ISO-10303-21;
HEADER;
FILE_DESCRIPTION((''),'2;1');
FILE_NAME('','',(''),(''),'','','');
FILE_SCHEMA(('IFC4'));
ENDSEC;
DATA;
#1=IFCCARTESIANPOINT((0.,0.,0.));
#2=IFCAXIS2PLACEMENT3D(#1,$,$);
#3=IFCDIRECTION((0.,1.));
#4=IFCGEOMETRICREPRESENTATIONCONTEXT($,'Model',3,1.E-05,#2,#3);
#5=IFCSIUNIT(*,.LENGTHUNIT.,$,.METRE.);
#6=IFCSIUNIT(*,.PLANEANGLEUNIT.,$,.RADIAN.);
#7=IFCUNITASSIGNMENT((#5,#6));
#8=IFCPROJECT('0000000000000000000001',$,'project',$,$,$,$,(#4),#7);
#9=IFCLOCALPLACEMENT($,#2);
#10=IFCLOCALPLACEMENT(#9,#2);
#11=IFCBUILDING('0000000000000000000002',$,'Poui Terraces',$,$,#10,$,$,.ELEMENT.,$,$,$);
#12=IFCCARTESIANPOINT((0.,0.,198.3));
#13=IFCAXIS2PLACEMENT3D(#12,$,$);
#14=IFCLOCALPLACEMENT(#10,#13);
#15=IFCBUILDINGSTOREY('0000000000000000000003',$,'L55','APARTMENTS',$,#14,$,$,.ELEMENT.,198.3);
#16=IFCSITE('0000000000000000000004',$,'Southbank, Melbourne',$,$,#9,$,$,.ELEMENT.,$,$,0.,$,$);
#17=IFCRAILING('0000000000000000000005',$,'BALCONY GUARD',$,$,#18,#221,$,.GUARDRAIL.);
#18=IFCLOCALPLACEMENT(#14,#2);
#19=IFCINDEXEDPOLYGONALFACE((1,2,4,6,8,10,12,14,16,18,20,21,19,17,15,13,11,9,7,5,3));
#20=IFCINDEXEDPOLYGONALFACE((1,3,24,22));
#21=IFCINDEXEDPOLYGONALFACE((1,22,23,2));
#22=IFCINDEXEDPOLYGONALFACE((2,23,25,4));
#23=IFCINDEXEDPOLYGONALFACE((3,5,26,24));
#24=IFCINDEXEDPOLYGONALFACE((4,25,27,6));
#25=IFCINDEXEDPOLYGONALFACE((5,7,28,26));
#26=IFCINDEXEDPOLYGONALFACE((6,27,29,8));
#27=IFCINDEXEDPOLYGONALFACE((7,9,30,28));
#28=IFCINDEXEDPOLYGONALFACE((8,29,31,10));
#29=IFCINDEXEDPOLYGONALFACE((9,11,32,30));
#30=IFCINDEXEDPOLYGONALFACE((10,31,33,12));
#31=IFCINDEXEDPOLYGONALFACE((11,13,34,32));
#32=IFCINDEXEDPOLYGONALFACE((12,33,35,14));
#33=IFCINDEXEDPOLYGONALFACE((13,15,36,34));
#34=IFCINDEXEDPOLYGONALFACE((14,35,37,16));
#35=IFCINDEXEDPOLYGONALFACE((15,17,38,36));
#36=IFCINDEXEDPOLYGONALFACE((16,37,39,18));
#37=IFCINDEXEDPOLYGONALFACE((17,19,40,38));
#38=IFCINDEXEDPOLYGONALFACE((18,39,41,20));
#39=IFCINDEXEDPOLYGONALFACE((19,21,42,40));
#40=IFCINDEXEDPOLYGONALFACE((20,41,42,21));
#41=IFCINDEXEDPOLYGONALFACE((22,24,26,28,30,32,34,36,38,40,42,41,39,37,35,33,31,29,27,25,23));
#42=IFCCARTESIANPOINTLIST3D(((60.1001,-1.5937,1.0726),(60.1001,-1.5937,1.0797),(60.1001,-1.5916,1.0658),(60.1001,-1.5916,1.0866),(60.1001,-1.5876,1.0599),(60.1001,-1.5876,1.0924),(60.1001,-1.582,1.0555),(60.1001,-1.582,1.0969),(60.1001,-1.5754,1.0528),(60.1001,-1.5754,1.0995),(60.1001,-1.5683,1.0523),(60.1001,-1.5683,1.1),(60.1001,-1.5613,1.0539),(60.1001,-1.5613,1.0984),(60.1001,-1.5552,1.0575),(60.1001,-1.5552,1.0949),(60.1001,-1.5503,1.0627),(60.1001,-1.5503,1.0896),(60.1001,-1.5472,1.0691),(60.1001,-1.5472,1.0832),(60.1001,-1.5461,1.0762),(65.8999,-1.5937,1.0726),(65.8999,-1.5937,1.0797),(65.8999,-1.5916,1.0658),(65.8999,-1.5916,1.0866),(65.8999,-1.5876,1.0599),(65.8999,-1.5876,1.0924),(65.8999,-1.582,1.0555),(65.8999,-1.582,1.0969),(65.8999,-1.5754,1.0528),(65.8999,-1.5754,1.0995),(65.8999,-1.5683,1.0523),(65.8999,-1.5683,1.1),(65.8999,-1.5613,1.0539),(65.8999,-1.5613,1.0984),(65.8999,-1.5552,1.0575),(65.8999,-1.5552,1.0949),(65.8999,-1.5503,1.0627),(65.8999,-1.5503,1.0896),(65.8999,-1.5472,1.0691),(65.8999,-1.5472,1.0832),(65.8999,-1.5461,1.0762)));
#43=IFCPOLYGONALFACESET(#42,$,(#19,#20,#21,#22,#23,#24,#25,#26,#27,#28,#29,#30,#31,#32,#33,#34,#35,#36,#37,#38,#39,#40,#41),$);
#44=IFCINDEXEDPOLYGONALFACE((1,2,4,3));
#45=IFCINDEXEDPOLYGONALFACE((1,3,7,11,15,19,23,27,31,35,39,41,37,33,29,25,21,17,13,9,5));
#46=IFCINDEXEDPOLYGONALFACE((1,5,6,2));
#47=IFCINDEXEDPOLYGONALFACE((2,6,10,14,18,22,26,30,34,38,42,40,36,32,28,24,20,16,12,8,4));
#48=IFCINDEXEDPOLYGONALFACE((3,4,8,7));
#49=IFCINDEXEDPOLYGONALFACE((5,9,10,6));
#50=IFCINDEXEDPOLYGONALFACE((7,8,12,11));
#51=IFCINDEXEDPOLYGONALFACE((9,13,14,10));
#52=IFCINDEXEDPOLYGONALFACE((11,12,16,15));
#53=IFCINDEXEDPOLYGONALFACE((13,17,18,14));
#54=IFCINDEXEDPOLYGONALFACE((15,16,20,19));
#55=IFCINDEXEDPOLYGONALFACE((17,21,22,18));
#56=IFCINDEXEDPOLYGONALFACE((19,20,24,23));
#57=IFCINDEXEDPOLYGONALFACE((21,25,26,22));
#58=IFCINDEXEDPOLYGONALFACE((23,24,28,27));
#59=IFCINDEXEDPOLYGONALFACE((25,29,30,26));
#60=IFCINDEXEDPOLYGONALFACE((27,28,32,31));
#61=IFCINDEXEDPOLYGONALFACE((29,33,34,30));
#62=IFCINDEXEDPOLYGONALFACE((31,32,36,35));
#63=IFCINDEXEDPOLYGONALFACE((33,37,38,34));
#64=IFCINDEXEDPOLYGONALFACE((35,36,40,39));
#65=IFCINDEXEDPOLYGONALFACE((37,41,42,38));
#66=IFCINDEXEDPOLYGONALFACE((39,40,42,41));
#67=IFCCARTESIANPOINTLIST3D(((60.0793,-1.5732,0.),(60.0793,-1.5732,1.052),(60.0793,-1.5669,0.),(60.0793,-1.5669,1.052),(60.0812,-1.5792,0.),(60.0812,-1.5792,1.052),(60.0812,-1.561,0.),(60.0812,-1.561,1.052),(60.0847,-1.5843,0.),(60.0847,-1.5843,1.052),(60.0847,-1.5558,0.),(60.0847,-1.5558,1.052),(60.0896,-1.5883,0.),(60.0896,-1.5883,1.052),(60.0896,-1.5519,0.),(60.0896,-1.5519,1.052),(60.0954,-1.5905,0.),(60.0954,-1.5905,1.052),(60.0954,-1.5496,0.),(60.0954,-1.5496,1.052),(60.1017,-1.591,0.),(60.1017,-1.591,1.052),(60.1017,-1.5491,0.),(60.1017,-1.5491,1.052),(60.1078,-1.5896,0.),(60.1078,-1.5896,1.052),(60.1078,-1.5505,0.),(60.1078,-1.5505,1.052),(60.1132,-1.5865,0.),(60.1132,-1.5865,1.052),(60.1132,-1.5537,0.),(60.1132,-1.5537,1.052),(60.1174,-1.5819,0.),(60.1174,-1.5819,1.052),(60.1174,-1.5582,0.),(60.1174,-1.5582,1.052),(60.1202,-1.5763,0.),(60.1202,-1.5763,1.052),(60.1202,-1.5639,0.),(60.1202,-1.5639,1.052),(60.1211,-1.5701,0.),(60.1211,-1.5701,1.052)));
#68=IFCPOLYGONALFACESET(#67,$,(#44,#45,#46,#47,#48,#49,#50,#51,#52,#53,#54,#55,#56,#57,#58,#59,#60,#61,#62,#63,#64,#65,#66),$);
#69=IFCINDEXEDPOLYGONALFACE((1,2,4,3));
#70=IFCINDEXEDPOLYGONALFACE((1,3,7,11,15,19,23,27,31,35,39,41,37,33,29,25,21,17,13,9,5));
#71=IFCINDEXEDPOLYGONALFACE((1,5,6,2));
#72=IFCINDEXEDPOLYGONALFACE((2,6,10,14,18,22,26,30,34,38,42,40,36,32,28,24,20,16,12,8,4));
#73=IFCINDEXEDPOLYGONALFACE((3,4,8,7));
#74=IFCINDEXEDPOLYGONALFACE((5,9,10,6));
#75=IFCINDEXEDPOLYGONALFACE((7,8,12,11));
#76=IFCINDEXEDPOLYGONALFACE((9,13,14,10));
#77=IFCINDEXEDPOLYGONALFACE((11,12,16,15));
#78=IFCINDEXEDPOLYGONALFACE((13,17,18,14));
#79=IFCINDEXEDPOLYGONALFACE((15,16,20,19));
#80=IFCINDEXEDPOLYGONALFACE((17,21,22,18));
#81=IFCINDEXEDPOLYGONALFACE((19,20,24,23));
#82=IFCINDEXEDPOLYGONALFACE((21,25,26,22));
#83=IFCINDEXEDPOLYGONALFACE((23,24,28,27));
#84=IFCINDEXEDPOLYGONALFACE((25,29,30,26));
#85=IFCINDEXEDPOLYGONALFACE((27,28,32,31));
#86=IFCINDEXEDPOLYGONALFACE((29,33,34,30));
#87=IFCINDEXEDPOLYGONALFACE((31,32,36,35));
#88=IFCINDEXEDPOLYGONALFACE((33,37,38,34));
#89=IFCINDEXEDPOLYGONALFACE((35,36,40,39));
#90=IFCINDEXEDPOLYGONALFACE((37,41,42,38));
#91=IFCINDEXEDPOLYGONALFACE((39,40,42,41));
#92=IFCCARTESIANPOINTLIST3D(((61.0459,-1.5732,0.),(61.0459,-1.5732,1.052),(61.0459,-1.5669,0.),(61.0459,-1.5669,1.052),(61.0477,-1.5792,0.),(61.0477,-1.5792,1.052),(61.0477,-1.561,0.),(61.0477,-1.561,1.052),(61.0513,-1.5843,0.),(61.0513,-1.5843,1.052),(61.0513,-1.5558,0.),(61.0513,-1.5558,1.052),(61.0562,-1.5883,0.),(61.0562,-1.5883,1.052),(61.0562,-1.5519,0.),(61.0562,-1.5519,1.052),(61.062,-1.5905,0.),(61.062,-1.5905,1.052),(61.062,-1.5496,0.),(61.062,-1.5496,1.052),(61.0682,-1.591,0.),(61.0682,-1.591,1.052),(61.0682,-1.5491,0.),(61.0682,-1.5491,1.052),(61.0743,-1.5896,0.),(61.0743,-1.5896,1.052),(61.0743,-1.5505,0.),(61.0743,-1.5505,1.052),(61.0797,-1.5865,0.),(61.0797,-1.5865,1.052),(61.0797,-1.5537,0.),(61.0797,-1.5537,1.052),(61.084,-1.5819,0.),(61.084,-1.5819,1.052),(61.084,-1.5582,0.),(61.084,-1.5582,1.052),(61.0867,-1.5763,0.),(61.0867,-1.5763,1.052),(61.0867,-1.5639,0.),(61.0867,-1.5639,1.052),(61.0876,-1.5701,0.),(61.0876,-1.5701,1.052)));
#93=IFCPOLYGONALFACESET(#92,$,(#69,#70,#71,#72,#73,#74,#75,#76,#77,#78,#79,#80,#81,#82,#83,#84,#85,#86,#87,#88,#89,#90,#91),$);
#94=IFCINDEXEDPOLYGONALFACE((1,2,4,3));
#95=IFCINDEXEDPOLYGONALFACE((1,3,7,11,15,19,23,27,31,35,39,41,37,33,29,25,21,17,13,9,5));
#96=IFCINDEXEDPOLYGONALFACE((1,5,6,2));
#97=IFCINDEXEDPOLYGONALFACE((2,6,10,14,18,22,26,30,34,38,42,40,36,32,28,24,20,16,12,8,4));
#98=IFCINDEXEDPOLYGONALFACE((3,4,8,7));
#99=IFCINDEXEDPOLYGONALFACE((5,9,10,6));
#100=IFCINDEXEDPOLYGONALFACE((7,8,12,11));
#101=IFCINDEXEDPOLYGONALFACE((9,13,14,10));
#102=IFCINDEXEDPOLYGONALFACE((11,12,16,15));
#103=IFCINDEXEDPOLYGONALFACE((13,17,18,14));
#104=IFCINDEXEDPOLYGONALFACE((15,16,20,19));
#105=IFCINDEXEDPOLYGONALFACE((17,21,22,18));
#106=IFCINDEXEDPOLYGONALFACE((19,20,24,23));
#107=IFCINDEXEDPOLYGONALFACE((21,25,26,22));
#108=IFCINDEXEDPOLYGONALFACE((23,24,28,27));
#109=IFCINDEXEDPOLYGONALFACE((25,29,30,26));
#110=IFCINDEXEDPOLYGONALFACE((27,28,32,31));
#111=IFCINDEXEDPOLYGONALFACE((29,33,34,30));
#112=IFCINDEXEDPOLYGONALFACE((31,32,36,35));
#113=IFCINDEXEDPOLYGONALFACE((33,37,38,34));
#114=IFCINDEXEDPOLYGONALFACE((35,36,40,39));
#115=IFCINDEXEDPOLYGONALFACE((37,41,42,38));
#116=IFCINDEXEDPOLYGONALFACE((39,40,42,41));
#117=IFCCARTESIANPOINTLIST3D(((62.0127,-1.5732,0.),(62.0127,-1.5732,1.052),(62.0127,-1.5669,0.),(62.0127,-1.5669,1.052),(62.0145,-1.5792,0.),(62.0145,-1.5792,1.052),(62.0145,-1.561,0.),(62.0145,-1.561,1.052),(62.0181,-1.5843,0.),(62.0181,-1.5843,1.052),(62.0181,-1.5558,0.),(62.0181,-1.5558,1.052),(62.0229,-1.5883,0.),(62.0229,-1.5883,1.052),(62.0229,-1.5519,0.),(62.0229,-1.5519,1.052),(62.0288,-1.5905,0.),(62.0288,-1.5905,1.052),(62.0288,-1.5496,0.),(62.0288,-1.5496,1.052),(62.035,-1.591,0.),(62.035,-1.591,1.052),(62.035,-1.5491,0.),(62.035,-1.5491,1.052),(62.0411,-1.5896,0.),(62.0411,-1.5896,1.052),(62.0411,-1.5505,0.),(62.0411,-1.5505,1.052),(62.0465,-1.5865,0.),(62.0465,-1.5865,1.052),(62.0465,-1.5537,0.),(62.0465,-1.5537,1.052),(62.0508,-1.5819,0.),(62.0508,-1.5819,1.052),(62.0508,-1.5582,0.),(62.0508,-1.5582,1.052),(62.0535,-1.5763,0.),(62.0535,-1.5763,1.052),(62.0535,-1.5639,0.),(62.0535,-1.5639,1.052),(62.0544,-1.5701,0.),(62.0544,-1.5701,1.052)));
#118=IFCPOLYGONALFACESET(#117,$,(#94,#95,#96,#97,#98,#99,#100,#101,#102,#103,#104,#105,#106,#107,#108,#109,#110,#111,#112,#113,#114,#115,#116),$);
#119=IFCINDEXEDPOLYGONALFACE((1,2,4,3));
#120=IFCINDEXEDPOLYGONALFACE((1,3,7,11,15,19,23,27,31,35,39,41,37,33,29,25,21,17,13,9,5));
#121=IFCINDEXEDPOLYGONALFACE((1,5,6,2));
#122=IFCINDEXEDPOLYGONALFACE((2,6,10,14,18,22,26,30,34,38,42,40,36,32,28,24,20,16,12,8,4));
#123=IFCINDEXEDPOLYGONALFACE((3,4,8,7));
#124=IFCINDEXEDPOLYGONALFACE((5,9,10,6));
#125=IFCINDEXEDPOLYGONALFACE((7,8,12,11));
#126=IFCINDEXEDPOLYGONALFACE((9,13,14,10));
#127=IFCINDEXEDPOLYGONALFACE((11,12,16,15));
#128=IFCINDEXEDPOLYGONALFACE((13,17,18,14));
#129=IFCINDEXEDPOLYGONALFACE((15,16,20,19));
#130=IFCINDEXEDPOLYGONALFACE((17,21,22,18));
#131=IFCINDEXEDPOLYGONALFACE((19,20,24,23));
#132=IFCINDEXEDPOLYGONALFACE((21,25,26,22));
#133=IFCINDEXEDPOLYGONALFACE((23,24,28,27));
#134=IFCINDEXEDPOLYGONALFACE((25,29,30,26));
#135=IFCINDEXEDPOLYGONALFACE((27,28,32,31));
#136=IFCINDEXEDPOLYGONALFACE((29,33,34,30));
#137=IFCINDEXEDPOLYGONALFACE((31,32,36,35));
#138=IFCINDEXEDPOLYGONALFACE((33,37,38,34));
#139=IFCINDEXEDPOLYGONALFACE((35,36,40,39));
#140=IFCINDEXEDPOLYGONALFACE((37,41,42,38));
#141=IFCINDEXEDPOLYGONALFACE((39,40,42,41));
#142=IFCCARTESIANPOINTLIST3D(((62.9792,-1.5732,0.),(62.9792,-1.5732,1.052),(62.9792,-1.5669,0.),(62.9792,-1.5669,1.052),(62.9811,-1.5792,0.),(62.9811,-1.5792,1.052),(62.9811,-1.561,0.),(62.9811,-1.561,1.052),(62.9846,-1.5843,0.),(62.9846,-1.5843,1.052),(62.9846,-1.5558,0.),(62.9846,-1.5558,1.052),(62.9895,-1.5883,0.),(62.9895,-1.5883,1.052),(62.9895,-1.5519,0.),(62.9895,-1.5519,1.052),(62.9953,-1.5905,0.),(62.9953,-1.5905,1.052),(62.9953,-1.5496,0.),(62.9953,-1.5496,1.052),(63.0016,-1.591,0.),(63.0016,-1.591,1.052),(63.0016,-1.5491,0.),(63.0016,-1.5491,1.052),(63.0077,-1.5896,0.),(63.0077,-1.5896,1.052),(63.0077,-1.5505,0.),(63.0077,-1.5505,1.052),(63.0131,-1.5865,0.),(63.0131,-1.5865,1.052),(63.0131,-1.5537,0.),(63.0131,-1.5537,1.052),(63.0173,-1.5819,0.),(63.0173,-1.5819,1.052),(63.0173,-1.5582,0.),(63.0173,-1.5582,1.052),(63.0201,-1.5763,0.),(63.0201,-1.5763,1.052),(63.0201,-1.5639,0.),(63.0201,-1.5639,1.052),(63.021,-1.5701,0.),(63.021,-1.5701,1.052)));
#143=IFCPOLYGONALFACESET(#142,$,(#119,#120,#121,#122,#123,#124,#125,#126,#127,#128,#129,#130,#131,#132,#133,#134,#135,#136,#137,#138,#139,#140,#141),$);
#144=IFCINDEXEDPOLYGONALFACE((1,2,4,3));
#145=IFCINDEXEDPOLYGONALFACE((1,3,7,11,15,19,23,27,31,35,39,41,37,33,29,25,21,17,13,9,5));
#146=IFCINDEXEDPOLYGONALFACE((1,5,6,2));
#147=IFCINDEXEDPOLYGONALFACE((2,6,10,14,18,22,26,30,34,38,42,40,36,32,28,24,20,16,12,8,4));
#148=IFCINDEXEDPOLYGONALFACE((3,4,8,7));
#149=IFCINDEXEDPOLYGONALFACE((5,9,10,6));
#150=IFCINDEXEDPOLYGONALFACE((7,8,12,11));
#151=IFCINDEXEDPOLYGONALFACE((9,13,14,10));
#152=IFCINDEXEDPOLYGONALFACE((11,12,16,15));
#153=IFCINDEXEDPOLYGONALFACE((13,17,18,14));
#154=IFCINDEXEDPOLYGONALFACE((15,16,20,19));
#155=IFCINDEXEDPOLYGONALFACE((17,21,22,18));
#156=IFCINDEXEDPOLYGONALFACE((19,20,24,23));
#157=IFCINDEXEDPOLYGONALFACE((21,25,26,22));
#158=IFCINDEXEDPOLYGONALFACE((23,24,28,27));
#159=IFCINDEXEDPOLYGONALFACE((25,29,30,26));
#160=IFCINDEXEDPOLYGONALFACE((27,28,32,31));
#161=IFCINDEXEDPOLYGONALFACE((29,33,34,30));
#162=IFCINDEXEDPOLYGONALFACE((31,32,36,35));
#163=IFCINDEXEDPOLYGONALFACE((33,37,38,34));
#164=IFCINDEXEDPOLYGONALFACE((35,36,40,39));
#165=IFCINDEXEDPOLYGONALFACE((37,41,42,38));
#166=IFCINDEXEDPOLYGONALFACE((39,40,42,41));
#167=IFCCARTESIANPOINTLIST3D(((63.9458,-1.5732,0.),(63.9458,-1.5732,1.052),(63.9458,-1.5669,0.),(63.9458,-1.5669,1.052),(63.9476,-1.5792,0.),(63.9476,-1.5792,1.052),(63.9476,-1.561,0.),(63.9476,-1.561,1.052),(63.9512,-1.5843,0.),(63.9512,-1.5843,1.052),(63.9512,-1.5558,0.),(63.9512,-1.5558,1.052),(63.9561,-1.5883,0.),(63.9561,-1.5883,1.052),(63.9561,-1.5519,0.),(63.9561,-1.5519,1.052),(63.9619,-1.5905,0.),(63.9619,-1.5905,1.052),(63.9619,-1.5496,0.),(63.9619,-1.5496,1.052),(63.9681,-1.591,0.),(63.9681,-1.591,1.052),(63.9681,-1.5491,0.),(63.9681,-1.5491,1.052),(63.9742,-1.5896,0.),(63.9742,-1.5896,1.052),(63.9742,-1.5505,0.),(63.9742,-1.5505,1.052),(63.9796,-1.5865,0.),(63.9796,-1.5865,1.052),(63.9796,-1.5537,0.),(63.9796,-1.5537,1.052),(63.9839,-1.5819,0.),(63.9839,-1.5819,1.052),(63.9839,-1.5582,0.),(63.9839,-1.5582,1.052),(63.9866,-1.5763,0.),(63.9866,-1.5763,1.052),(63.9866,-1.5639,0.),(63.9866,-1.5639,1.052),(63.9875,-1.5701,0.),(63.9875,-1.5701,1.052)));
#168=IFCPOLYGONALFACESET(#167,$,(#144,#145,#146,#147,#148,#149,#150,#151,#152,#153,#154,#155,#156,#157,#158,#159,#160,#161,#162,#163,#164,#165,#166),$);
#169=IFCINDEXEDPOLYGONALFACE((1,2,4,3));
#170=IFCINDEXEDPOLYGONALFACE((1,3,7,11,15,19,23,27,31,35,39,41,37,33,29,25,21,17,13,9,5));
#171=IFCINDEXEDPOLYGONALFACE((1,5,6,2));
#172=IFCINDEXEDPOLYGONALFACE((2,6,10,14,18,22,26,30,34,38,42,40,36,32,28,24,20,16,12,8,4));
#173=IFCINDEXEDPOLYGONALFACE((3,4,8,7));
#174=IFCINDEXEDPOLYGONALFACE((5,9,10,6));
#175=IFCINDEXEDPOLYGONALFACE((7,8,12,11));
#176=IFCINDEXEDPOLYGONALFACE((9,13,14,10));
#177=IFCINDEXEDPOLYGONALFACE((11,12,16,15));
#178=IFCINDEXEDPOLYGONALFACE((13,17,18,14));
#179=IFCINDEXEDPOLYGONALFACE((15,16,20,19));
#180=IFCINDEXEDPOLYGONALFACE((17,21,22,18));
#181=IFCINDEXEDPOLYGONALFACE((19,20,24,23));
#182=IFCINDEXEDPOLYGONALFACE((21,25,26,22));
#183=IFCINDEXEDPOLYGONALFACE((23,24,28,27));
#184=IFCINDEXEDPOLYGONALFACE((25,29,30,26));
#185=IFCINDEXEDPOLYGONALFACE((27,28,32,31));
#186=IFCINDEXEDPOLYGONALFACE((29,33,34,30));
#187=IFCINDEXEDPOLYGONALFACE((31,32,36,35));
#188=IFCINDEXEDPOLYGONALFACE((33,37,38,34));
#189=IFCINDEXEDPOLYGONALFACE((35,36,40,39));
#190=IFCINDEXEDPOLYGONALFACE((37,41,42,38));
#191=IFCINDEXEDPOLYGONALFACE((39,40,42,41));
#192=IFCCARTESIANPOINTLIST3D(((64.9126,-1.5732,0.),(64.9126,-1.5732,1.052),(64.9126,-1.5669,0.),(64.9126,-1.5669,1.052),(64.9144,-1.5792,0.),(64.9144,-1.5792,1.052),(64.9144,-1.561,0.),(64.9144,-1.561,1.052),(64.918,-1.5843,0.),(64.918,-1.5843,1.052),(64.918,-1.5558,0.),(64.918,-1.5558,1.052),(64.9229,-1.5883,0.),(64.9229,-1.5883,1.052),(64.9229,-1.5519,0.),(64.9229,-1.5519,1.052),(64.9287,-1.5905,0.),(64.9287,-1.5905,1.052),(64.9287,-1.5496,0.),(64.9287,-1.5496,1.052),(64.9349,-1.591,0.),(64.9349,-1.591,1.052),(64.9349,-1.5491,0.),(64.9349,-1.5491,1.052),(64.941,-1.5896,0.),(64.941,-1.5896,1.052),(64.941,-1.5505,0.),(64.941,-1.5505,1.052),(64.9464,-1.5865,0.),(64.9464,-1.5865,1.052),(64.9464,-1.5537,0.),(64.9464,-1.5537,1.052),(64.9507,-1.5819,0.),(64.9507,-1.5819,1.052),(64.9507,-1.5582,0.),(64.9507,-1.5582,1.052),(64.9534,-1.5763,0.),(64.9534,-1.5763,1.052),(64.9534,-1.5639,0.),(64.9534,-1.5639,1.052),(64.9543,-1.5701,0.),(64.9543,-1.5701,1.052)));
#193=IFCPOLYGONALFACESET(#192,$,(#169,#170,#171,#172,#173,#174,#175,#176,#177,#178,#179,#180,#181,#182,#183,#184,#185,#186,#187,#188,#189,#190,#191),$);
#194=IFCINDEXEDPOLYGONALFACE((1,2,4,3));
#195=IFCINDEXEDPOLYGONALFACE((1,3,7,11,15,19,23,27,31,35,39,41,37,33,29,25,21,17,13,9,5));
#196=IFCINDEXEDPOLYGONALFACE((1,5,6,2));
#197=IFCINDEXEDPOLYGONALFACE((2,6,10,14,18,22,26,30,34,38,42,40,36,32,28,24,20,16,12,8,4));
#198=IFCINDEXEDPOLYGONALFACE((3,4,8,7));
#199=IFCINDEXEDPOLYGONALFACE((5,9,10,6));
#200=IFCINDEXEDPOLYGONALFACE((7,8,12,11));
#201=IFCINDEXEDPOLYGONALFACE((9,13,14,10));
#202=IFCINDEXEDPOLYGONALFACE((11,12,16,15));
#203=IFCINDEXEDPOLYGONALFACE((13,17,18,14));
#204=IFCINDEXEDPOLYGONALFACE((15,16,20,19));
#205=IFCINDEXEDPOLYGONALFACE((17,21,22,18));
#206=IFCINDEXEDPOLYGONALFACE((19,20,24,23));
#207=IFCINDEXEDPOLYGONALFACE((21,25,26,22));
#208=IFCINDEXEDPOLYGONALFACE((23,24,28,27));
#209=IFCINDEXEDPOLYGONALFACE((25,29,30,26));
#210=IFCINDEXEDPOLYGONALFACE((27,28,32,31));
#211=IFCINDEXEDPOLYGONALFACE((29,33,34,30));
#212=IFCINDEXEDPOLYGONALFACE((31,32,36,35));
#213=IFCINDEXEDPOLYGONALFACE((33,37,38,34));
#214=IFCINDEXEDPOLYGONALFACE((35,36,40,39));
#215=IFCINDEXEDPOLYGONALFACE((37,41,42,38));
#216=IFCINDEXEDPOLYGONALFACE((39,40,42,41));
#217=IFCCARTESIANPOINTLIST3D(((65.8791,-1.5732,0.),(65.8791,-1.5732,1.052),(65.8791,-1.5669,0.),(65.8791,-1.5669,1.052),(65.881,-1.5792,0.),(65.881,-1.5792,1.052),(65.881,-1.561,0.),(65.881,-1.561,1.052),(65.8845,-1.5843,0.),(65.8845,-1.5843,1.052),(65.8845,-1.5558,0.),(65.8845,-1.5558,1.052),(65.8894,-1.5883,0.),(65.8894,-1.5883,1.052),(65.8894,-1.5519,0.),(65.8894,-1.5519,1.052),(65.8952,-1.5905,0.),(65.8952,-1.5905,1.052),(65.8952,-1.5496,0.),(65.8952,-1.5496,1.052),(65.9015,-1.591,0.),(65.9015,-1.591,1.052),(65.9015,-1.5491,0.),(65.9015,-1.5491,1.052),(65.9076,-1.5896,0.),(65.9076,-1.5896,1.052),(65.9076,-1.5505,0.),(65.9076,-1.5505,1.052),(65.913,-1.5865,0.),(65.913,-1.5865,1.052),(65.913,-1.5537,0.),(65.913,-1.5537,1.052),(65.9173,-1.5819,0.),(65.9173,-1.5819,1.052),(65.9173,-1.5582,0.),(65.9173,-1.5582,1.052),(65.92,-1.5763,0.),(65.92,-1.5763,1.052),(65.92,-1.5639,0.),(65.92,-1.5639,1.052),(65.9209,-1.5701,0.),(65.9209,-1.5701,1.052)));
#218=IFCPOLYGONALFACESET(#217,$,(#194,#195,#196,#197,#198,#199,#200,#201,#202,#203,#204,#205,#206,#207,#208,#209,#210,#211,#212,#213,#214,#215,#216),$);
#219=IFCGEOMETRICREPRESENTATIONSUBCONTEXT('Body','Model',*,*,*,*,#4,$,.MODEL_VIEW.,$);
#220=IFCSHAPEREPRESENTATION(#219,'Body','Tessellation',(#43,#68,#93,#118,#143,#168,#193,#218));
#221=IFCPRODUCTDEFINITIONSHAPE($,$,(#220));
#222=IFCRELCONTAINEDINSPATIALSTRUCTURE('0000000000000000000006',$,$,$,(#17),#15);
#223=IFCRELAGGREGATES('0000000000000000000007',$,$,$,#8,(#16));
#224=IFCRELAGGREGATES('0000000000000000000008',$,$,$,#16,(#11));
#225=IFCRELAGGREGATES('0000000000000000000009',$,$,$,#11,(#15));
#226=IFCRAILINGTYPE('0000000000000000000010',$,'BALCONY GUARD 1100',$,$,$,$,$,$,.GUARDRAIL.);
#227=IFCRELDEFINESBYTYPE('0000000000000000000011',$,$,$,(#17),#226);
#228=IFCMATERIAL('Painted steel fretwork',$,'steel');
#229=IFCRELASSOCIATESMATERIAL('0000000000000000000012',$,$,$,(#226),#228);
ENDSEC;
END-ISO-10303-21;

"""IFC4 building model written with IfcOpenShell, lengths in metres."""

from ifc_helpers import new_model, si_unit, direction, frame, origin, origin_2d, place, context, subcontext, project, spatial, circle, extrude, material, type_object, element, save


model = new_model("IFC4")

# Units and contexts
model_context = context("Model", 3, precision=1e-05, world=origin(), true_north=direction((0.0, 1.0)))
body_context = subcontext(model_context, "Body", "Model", "MODEL_VIEW")
ifc_project = project(units=[si_unit("LENGTHUNIT", "METRE"), si_unit("PLANEANGLEUNIT", "RADIAN")], contexts=[model_context])

# Site, building, storey
site_placement = place(None, origin())
site = spatial("IfcSite", under=ifc_project, at=site_placement, Name="Southbank, Melbourne", CompositionType="ELEMENT", RefElevation=0.0)
building_placement = place(site_placement, origin())
building = spatial("IfcBuilding", under=site, at=building_placement, Name="Poui Terraces", CompositionType="ELEMENT")
storey_placement = place(building_placement, frame((0.0, 0.0, 198.3)))
storey = spatial("IfcBuildingStorey", under=building, at=storey_placement, Name="L55", Description="APARTMENTS", CompositionType="ELEMENT", Elevation=198.3)

# Railing
ifc_material_1 = material(Name="Painted steel fretwork", Category="steel")
railing_type = type_object("IfcRailingType", Name="BALCONY GUARD 1100", PredefinedType="GUARDRAIL", material=ifc_material_1)
railing_placement = place(storey_placement, frame((60.1001, -1.5701, 0.0)))
element("IfcRailing", 1, at=railing_placement, inside=storey, type_object=railing_type, Name="BALCONY GUARD", PredefinedType="GUARDRAIL", context=body_context, shape_type="SweptSolid", body=[
    extrude(circle(Radius=0.0239, at=origin_2d()), frame((0.0, 0.0, 1.0762), z_axis=(1.0, 0.0, 0.0), x_axis=(0.0, 1.0, 0.0)), (0.0, 0.0, 1.0), 5.7998),
    extrude(circle(Radius=0.021, at=origin_2d()), origin(), (0.0, 0.0, 1.0), 1.052),
    extrude(circle(Radius=0.021, at=origin_2d()), frame((0.9666, 0.0, 0.0)), (0.0, 0.0, 1.0), 1.052),
    extrude(circle(Radius=0.021, at=origin_2d()), frame((1.9333, 0.0, 0.0)), (0.0, 0.0, 1.0), 1.052),
    extrude(circle(Radius=0.021, at=origin_2d()), frame((2.8999, 0.0, 0.0)), (0.0, 0.0, 1.0), 1.052),
    extrude(circle(Radius=0.021, at=origin_2d()), frame((3.8665, 0.0, 0.0)), (0.0, 0.0, 1.0), 1.052),
    extrude(circle(Radius=0.021, at=origin_2d()), frame((4.8333, 0.0, 0.0)), (0.0, 0.0, 1.0), 1.052),
    extrude(circle(Radius=0.021, at=origin_2d()), frame((5.7998, 0.0, 0.0)), (0.0, 0.0, 1.0), 1.052),
])

save(model, "model.ifc")
